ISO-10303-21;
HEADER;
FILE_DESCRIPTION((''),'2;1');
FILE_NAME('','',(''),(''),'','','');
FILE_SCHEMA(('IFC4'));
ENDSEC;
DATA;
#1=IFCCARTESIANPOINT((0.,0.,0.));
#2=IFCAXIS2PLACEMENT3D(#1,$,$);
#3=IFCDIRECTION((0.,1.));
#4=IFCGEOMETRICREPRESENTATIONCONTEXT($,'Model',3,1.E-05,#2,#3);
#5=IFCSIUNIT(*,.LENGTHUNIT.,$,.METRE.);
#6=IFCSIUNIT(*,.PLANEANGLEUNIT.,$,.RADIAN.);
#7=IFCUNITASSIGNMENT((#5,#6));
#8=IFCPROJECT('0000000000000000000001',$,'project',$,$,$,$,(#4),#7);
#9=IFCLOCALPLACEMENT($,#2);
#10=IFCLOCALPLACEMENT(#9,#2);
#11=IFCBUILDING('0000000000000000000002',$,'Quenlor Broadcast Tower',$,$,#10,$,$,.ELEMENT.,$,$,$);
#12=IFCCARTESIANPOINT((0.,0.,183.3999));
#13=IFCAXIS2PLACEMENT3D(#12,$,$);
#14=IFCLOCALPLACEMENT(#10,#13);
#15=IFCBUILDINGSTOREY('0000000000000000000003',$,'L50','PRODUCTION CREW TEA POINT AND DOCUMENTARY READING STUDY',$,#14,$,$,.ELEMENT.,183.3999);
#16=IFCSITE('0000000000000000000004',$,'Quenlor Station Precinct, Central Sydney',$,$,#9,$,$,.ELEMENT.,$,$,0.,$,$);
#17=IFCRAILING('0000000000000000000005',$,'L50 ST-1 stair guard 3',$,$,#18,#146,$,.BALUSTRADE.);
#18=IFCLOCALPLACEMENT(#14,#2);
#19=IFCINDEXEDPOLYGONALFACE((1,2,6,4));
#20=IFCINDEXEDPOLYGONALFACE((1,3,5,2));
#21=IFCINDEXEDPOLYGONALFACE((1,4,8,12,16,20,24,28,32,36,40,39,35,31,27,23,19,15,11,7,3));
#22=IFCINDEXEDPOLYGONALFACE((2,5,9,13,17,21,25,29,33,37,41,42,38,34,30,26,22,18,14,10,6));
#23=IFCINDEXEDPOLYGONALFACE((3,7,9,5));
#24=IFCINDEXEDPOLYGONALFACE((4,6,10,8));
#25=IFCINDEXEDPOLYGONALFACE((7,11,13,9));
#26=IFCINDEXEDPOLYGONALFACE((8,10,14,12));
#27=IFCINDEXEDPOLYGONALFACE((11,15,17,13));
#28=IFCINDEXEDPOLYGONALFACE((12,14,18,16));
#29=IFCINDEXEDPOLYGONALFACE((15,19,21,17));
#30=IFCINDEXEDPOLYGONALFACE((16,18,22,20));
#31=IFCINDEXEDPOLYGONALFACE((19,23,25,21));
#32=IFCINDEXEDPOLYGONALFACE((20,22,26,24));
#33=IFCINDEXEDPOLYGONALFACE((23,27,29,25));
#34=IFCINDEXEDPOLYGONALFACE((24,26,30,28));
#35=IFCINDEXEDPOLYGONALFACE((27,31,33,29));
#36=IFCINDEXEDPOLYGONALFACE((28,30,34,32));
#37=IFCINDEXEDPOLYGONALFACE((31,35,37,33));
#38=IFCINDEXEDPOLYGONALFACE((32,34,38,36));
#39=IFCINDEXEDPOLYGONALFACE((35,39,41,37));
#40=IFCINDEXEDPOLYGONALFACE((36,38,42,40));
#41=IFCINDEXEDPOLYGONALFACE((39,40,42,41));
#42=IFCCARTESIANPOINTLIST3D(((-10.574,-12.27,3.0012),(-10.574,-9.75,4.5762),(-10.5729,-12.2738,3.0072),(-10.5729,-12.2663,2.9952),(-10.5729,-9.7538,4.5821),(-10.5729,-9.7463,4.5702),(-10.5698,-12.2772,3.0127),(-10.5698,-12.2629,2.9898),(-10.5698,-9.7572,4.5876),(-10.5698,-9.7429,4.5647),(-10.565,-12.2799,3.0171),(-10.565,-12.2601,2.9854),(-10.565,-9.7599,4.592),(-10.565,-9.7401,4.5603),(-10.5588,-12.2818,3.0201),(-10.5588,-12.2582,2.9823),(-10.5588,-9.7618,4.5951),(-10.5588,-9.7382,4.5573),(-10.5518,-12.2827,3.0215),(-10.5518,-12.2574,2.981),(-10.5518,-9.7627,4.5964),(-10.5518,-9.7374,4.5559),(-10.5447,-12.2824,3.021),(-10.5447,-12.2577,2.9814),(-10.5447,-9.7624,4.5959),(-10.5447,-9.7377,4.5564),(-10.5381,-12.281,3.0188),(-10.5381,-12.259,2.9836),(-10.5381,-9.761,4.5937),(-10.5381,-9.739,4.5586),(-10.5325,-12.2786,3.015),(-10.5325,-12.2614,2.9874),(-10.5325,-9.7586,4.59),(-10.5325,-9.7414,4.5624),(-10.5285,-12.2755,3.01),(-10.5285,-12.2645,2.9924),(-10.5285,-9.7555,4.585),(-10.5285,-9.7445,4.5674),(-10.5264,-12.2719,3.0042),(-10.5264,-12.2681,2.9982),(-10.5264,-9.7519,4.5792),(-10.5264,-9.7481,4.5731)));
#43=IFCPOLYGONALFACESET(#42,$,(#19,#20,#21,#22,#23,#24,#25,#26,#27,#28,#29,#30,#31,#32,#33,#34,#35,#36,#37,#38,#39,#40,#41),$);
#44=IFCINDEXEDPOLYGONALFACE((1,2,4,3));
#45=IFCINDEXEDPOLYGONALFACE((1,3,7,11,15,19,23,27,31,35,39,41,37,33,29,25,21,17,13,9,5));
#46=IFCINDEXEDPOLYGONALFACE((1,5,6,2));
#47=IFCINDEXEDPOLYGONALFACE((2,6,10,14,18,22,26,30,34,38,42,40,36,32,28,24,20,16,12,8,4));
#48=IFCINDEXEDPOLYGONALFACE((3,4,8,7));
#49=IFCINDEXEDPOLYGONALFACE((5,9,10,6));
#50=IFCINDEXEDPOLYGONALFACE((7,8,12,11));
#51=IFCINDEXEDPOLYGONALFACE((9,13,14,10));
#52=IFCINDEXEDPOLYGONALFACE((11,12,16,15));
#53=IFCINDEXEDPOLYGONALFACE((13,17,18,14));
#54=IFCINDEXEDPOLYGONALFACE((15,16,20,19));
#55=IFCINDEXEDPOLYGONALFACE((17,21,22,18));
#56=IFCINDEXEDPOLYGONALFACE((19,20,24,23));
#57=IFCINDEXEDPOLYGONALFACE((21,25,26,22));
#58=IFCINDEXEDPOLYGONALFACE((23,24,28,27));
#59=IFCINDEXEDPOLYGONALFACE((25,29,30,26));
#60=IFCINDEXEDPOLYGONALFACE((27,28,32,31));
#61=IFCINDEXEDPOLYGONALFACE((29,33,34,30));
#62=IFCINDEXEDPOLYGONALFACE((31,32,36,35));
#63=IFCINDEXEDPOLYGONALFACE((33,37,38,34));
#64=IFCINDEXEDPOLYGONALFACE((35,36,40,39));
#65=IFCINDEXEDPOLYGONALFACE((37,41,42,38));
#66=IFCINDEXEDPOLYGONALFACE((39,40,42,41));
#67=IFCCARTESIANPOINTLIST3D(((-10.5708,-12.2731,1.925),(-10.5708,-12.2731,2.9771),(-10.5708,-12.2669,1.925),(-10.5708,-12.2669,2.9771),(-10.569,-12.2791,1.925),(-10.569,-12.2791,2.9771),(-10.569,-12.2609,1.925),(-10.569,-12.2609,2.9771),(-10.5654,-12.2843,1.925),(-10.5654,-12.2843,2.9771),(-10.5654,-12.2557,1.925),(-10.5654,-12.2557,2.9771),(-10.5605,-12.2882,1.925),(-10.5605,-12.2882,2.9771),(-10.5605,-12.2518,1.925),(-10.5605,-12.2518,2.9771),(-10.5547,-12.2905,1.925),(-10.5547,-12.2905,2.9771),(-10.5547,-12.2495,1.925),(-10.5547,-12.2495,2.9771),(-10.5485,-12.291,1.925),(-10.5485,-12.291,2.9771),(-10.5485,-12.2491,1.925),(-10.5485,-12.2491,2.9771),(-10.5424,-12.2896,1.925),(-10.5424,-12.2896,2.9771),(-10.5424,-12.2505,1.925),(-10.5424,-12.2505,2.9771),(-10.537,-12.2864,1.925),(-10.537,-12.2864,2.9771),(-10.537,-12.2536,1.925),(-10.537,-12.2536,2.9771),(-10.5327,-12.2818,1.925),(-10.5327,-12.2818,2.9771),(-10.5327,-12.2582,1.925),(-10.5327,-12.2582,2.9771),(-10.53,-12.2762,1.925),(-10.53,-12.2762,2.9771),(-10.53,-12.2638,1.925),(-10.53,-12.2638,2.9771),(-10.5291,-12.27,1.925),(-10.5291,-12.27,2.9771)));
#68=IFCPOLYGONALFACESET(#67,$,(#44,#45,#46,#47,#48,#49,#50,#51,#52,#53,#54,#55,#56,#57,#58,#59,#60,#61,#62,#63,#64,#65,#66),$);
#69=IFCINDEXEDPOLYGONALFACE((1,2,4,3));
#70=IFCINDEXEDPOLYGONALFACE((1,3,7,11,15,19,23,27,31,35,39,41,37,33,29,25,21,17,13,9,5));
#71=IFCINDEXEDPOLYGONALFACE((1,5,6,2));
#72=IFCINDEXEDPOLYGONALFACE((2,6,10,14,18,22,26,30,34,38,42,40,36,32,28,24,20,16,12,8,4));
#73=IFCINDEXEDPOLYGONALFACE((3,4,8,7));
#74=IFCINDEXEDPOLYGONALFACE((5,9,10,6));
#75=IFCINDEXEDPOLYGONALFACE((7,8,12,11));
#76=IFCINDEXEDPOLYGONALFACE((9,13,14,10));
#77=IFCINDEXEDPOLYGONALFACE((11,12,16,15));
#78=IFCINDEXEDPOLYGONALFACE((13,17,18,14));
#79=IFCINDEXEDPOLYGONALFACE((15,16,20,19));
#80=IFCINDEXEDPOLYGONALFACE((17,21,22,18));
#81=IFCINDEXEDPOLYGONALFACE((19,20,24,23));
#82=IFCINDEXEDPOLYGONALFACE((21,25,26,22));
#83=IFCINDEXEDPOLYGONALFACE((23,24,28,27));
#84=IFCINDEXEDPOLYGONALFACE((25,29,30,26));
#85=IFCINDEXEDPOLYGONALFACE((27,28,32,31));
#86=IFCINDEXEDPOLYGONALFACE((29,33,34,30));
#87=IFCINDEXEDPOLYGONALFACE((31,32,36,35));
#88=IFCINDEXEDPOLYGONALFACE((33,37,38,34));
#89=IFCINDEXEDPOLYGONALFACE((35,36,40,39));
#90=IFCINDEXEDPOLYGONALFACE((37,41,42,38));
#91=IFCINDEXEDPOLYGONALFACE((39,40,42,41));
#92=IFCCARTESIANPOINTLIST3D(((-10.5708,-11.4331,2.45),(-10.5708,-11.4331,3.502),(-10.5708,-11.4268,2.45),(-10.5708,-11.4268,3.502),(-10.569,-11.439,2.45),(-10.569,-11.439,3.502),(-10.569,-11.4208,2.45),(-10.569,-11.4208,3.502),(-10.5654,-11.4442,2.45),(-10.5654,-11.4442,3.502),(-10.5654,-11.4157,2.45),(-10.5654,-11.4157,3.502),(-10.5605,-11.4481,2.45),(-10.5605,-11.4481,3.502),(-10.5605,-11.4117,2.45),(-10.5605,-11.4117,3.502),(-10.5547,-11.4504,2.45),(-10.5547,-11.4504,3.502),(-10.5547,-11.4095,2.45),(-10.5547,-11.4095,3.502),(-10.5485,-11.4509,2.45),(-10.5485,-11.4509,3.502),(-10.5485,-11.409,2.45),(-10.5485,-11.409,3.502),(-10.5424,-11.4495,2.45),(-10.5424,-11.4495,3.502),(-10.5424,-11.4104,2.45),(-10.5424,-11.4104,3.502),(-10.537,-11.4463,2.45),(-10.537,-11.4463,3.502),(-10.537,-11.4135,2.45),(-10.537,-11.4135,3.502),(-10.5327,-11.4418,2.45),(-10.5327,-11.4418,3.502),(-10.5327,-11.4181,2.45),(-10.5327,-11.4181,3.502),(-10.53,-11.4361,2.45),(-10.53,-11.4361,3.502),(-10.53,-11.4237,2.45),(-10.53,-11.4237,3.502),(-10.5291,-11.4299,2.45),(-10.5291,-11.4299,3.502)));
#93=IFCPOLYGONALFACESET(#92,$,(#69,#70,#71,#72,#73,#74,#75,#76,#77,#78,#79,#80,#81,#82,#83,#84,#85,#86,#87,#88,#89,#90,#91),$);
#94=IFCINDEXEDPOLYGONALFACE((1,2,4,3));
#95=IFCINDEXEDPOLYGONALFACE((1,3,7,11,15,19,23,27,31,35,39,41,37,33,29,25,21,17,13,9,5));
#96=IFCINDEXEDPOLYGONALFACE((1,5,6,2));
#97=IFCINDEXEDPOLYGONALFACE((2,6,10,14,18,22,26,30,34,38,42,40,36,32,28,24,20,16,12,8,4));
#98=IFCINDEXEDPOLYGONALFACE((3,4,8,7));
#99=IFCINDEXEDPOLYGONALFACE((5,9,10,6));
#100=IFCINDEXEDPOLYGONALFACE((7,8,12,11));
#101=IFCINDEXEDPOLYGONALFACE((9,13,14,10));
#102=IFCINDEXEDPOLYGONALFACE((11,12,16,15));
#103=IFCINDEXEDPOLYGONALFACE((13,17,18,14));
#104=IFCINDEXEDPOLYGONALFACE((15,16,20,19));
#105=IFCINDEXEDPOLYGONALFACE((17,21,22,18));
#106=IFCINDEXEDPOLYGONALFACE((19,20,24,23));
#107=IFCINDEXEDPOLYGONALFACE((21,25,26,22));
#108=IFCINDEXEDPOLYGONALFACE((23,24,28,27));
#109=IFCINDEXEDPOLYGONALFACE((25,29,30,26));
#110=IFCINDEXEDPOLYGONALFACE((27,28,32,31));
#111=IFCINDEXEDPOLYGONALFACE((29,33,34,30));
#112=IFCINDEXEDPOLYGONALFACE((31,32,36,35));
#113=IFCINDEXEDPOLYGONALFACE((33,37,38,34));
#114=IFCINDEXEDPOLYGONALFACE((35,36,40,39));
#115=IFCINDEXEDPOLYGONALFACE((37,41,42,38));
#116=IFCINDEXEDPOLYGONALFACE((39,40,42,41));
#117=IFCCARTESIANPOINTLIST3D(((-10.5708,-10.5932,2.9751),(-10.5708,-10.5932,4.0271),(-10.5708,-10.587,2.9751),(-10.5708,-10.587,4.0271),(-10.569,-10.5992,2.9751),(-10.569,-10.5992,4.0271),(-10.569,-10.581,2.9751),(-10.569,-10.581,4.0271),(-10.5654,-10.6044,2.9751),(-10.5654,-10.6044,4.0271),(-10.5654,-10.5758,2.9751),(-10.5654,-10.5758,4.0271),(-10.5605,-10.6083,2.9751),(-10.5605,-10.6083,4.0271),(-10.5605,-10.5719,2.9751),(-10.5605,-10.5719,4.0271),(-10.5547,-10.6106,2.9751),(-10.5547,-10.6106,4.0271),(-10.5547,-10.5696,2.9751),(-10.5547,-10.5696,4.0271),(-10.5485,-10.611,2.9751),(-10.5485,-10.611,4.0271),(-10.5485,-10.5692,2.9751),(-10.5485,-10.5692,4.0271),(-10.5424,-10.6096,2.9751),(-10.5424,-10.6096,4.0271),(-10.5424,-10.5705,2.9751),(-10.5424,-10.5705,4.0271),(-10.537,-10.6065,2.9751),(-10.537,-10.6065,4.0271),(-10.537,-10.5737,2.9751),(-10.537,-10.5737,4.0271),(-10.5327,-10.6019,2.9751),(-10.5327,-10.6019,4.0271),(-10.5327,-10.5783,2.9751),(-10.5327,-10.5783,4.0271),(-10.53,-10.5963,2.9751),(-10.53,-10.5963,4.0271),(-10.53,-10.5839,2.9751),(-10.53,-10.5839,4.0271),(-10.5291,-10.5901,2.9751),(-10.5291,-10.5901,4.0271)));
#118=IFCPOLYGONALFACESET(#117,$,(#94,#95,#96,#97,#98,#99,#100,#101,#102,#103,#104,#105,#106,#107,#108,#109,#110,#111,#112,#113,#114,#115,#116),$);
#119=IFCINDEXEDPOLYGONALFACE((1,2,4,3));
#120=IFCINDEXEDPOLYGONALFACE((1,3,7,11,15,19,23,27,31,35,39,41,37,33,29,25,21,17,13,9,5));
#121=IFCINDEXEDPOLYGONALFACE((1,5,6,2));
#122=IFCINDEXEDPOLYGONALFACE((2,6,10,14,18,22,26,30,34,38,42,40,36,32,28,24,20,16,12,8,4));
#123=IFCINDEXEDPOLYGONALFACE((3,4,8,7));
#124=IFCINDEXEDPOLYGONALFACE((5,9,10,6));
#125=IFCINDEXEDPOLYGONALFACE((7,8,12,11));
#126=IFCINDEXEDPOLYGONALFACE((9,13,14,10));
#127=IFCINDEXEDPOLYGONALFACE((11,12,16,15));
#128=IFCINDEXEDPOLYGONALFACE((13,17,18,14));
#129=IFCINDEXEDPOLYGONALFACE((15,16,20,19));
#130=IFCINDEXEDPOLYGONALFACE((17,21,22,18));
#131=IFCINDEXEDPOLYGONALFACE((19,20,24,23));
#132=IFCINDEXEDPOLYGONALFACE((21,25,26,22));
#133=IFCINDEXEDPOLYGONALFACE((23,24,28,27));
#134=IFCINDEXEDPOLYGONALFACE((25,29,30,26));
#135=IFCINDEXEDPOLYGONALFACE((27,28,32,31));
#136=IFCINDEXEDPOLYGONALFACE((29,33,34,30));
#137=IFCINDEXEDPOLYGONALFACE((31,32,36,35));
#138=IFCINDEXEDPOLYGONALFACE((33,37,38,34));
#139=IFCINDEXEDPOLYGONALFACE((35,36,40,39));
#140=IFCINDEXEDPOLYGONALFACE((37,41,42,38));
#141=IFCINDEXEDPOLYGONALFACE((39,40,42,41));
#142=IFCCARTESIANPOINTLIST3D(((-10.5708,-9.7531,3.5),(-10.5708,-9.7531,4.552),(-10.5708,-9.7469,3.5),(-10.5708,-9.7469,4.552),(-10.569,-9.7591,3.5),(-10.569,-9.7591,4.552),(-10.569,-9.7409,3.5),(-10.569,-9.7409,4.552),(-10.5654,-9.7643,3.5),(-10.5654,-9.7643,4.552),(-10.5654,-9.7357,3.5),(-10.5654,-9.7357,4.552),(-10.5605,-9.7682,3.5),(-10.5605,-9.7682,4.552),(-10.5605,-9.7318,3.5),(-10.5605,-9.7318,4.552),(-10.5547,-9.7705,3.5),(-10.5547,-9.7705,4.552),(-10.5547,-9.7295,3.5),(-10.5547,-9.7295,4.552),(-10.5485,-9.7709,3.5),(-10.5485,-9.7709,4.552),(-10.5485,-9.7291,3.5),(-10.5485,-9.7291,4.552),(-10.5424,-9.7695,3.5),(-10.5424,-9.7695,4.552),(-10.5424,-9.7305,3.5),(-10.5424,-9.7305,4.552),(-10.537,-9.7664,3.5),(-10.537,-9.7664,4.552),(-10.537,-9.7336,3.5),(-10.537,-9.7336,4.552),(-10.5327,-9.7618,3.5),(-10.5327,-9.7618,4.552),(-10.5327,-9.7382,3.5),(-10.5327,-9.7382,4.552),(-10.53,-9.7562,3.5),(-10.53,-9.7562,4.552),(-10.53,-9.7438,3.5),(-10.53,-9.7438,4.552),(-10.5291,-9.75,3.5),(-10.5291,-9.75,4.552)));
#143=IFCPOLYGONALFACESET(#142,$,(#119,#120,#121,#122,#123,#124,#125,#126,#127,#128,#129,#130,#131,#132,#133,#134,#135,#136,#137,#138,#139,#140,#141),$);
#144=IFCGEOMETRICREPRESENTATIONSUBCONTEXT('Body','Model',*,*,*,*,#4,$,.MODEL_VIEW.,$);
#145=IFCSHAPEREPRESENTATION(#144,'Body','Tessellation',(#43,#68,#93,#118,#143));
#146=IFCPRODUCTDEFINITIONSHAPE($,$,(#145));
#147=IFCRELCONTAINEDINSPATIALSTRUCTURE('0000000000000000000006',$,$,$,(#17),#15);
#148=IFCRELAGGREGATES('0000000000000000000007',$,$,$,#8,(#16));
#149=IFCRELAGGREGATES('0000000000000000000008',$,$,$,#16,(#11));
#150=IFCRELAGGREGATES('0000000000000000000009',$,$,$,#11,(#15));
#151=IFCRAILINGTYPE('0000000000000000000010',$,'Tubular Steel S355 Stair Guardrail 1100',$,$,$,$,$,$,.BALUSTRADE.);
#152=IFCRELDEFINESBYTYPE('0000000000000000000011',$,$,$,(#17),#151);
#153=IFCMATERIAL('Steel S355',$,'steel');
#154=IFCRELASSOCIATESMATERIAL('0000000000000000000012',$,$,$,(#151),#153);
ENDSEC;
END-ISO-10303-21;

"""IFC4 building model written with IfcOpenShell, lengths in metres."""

from ifc_helpers import new_model, si_unit, direction, frame, origin, origin_2d, place, context, subcontext, project, spatial, circle, extrude, material, type_object, element, save


model = new_model("IFC4")

# Units and contexts
model_context = context("Model", 3, precision=1e-05, world=origin(), true_north=direction((0.0, 1.0)))
body_context = subcontext(model_context, "Body", "Model", "MODEL_VIEW")
ifc_project = project(units=[si_unit("LENGTHUNIT", "METRE"), si_unit("PLANEANGLEUNIT", "RADIAN")], contexts=[model_context])

# Site, building, storey
site_placement = place(None, origin())
site = spatial("IfcSite", under=ifc_project, at=site_placement, Name="Quenlor Station Precinct, Central Sydney", CompositionType="ELEMENT", RefElevation=0.0)
building_placement = place(site_placement, origin())
building = spatial("IfcBuilding", under=site, at=building_placement, Name="Quenlor Broadcast Tower", CompositionType="ELEMENT")
storey_placement = place(building_placement, frame((0.0, 0.0, 183.3999)))
storey = spatial("IfcBuildingStorey", under=building, at=storey_placement, Name="L50", Description="PRODUCTION CREW TEA POINT AND DOCUMENTARY READING STUDY", CompositionType="ELEMENT", Elevation=183.3999)

# Railing
ifc_material_1 = material(Name="Steel S355", Category="steel")
railing_type_1 = type_object("IfcRailingType", Name="Tubular Steel S355 Stair Guardrail 1100", PredefinedType="BALUSTRADE", material=ifc_material_1)
railing_1_placement = place(storey_placement, frame((-10.55, -12.27, 1.925)))
element("IfcRailing", 1, at=railing_1_placement, inside=storey, type_object=railing_type_1, Name="L50 ST-1 stair guard 3", PredefinedType="BALUSTRADE", context=body_context, shape_type="SweptSolid", body=[
    extrude(circle(Radius=0.0239, at=origin_2d()), frame((0.0, 0.0, 1.0762), z_axis=(0.0, 0.848008, 0.529984), x_axis=(-1.0, 0.0, 0.0)), (0.0, 0.0, 1.0), 2.9717),
    extrude(circle(Radius=0.021, at=origin_2d()), origin(), (0.0, 0.0, 1.0), 1.052),
    extrude(circle(Radius=0.021, at=origin_2d()), frame((0.0, 0.8401, 0.5249)), (0.0, 0.0, 1.0), 1.052),
    extrude(circle(Radius=0.021, at=origin_2d()), frame((0.0, 1.6799, 1.05)), (0.0, 0.0, 1.0), 1.052),
    extrude(circle(Radius=0.021, at=origin_2d()), frame((0.0, 2.52, 1.575)), (0.0, 0.0, 1.0), 1.052),
])

save(model, "model.ifc")
